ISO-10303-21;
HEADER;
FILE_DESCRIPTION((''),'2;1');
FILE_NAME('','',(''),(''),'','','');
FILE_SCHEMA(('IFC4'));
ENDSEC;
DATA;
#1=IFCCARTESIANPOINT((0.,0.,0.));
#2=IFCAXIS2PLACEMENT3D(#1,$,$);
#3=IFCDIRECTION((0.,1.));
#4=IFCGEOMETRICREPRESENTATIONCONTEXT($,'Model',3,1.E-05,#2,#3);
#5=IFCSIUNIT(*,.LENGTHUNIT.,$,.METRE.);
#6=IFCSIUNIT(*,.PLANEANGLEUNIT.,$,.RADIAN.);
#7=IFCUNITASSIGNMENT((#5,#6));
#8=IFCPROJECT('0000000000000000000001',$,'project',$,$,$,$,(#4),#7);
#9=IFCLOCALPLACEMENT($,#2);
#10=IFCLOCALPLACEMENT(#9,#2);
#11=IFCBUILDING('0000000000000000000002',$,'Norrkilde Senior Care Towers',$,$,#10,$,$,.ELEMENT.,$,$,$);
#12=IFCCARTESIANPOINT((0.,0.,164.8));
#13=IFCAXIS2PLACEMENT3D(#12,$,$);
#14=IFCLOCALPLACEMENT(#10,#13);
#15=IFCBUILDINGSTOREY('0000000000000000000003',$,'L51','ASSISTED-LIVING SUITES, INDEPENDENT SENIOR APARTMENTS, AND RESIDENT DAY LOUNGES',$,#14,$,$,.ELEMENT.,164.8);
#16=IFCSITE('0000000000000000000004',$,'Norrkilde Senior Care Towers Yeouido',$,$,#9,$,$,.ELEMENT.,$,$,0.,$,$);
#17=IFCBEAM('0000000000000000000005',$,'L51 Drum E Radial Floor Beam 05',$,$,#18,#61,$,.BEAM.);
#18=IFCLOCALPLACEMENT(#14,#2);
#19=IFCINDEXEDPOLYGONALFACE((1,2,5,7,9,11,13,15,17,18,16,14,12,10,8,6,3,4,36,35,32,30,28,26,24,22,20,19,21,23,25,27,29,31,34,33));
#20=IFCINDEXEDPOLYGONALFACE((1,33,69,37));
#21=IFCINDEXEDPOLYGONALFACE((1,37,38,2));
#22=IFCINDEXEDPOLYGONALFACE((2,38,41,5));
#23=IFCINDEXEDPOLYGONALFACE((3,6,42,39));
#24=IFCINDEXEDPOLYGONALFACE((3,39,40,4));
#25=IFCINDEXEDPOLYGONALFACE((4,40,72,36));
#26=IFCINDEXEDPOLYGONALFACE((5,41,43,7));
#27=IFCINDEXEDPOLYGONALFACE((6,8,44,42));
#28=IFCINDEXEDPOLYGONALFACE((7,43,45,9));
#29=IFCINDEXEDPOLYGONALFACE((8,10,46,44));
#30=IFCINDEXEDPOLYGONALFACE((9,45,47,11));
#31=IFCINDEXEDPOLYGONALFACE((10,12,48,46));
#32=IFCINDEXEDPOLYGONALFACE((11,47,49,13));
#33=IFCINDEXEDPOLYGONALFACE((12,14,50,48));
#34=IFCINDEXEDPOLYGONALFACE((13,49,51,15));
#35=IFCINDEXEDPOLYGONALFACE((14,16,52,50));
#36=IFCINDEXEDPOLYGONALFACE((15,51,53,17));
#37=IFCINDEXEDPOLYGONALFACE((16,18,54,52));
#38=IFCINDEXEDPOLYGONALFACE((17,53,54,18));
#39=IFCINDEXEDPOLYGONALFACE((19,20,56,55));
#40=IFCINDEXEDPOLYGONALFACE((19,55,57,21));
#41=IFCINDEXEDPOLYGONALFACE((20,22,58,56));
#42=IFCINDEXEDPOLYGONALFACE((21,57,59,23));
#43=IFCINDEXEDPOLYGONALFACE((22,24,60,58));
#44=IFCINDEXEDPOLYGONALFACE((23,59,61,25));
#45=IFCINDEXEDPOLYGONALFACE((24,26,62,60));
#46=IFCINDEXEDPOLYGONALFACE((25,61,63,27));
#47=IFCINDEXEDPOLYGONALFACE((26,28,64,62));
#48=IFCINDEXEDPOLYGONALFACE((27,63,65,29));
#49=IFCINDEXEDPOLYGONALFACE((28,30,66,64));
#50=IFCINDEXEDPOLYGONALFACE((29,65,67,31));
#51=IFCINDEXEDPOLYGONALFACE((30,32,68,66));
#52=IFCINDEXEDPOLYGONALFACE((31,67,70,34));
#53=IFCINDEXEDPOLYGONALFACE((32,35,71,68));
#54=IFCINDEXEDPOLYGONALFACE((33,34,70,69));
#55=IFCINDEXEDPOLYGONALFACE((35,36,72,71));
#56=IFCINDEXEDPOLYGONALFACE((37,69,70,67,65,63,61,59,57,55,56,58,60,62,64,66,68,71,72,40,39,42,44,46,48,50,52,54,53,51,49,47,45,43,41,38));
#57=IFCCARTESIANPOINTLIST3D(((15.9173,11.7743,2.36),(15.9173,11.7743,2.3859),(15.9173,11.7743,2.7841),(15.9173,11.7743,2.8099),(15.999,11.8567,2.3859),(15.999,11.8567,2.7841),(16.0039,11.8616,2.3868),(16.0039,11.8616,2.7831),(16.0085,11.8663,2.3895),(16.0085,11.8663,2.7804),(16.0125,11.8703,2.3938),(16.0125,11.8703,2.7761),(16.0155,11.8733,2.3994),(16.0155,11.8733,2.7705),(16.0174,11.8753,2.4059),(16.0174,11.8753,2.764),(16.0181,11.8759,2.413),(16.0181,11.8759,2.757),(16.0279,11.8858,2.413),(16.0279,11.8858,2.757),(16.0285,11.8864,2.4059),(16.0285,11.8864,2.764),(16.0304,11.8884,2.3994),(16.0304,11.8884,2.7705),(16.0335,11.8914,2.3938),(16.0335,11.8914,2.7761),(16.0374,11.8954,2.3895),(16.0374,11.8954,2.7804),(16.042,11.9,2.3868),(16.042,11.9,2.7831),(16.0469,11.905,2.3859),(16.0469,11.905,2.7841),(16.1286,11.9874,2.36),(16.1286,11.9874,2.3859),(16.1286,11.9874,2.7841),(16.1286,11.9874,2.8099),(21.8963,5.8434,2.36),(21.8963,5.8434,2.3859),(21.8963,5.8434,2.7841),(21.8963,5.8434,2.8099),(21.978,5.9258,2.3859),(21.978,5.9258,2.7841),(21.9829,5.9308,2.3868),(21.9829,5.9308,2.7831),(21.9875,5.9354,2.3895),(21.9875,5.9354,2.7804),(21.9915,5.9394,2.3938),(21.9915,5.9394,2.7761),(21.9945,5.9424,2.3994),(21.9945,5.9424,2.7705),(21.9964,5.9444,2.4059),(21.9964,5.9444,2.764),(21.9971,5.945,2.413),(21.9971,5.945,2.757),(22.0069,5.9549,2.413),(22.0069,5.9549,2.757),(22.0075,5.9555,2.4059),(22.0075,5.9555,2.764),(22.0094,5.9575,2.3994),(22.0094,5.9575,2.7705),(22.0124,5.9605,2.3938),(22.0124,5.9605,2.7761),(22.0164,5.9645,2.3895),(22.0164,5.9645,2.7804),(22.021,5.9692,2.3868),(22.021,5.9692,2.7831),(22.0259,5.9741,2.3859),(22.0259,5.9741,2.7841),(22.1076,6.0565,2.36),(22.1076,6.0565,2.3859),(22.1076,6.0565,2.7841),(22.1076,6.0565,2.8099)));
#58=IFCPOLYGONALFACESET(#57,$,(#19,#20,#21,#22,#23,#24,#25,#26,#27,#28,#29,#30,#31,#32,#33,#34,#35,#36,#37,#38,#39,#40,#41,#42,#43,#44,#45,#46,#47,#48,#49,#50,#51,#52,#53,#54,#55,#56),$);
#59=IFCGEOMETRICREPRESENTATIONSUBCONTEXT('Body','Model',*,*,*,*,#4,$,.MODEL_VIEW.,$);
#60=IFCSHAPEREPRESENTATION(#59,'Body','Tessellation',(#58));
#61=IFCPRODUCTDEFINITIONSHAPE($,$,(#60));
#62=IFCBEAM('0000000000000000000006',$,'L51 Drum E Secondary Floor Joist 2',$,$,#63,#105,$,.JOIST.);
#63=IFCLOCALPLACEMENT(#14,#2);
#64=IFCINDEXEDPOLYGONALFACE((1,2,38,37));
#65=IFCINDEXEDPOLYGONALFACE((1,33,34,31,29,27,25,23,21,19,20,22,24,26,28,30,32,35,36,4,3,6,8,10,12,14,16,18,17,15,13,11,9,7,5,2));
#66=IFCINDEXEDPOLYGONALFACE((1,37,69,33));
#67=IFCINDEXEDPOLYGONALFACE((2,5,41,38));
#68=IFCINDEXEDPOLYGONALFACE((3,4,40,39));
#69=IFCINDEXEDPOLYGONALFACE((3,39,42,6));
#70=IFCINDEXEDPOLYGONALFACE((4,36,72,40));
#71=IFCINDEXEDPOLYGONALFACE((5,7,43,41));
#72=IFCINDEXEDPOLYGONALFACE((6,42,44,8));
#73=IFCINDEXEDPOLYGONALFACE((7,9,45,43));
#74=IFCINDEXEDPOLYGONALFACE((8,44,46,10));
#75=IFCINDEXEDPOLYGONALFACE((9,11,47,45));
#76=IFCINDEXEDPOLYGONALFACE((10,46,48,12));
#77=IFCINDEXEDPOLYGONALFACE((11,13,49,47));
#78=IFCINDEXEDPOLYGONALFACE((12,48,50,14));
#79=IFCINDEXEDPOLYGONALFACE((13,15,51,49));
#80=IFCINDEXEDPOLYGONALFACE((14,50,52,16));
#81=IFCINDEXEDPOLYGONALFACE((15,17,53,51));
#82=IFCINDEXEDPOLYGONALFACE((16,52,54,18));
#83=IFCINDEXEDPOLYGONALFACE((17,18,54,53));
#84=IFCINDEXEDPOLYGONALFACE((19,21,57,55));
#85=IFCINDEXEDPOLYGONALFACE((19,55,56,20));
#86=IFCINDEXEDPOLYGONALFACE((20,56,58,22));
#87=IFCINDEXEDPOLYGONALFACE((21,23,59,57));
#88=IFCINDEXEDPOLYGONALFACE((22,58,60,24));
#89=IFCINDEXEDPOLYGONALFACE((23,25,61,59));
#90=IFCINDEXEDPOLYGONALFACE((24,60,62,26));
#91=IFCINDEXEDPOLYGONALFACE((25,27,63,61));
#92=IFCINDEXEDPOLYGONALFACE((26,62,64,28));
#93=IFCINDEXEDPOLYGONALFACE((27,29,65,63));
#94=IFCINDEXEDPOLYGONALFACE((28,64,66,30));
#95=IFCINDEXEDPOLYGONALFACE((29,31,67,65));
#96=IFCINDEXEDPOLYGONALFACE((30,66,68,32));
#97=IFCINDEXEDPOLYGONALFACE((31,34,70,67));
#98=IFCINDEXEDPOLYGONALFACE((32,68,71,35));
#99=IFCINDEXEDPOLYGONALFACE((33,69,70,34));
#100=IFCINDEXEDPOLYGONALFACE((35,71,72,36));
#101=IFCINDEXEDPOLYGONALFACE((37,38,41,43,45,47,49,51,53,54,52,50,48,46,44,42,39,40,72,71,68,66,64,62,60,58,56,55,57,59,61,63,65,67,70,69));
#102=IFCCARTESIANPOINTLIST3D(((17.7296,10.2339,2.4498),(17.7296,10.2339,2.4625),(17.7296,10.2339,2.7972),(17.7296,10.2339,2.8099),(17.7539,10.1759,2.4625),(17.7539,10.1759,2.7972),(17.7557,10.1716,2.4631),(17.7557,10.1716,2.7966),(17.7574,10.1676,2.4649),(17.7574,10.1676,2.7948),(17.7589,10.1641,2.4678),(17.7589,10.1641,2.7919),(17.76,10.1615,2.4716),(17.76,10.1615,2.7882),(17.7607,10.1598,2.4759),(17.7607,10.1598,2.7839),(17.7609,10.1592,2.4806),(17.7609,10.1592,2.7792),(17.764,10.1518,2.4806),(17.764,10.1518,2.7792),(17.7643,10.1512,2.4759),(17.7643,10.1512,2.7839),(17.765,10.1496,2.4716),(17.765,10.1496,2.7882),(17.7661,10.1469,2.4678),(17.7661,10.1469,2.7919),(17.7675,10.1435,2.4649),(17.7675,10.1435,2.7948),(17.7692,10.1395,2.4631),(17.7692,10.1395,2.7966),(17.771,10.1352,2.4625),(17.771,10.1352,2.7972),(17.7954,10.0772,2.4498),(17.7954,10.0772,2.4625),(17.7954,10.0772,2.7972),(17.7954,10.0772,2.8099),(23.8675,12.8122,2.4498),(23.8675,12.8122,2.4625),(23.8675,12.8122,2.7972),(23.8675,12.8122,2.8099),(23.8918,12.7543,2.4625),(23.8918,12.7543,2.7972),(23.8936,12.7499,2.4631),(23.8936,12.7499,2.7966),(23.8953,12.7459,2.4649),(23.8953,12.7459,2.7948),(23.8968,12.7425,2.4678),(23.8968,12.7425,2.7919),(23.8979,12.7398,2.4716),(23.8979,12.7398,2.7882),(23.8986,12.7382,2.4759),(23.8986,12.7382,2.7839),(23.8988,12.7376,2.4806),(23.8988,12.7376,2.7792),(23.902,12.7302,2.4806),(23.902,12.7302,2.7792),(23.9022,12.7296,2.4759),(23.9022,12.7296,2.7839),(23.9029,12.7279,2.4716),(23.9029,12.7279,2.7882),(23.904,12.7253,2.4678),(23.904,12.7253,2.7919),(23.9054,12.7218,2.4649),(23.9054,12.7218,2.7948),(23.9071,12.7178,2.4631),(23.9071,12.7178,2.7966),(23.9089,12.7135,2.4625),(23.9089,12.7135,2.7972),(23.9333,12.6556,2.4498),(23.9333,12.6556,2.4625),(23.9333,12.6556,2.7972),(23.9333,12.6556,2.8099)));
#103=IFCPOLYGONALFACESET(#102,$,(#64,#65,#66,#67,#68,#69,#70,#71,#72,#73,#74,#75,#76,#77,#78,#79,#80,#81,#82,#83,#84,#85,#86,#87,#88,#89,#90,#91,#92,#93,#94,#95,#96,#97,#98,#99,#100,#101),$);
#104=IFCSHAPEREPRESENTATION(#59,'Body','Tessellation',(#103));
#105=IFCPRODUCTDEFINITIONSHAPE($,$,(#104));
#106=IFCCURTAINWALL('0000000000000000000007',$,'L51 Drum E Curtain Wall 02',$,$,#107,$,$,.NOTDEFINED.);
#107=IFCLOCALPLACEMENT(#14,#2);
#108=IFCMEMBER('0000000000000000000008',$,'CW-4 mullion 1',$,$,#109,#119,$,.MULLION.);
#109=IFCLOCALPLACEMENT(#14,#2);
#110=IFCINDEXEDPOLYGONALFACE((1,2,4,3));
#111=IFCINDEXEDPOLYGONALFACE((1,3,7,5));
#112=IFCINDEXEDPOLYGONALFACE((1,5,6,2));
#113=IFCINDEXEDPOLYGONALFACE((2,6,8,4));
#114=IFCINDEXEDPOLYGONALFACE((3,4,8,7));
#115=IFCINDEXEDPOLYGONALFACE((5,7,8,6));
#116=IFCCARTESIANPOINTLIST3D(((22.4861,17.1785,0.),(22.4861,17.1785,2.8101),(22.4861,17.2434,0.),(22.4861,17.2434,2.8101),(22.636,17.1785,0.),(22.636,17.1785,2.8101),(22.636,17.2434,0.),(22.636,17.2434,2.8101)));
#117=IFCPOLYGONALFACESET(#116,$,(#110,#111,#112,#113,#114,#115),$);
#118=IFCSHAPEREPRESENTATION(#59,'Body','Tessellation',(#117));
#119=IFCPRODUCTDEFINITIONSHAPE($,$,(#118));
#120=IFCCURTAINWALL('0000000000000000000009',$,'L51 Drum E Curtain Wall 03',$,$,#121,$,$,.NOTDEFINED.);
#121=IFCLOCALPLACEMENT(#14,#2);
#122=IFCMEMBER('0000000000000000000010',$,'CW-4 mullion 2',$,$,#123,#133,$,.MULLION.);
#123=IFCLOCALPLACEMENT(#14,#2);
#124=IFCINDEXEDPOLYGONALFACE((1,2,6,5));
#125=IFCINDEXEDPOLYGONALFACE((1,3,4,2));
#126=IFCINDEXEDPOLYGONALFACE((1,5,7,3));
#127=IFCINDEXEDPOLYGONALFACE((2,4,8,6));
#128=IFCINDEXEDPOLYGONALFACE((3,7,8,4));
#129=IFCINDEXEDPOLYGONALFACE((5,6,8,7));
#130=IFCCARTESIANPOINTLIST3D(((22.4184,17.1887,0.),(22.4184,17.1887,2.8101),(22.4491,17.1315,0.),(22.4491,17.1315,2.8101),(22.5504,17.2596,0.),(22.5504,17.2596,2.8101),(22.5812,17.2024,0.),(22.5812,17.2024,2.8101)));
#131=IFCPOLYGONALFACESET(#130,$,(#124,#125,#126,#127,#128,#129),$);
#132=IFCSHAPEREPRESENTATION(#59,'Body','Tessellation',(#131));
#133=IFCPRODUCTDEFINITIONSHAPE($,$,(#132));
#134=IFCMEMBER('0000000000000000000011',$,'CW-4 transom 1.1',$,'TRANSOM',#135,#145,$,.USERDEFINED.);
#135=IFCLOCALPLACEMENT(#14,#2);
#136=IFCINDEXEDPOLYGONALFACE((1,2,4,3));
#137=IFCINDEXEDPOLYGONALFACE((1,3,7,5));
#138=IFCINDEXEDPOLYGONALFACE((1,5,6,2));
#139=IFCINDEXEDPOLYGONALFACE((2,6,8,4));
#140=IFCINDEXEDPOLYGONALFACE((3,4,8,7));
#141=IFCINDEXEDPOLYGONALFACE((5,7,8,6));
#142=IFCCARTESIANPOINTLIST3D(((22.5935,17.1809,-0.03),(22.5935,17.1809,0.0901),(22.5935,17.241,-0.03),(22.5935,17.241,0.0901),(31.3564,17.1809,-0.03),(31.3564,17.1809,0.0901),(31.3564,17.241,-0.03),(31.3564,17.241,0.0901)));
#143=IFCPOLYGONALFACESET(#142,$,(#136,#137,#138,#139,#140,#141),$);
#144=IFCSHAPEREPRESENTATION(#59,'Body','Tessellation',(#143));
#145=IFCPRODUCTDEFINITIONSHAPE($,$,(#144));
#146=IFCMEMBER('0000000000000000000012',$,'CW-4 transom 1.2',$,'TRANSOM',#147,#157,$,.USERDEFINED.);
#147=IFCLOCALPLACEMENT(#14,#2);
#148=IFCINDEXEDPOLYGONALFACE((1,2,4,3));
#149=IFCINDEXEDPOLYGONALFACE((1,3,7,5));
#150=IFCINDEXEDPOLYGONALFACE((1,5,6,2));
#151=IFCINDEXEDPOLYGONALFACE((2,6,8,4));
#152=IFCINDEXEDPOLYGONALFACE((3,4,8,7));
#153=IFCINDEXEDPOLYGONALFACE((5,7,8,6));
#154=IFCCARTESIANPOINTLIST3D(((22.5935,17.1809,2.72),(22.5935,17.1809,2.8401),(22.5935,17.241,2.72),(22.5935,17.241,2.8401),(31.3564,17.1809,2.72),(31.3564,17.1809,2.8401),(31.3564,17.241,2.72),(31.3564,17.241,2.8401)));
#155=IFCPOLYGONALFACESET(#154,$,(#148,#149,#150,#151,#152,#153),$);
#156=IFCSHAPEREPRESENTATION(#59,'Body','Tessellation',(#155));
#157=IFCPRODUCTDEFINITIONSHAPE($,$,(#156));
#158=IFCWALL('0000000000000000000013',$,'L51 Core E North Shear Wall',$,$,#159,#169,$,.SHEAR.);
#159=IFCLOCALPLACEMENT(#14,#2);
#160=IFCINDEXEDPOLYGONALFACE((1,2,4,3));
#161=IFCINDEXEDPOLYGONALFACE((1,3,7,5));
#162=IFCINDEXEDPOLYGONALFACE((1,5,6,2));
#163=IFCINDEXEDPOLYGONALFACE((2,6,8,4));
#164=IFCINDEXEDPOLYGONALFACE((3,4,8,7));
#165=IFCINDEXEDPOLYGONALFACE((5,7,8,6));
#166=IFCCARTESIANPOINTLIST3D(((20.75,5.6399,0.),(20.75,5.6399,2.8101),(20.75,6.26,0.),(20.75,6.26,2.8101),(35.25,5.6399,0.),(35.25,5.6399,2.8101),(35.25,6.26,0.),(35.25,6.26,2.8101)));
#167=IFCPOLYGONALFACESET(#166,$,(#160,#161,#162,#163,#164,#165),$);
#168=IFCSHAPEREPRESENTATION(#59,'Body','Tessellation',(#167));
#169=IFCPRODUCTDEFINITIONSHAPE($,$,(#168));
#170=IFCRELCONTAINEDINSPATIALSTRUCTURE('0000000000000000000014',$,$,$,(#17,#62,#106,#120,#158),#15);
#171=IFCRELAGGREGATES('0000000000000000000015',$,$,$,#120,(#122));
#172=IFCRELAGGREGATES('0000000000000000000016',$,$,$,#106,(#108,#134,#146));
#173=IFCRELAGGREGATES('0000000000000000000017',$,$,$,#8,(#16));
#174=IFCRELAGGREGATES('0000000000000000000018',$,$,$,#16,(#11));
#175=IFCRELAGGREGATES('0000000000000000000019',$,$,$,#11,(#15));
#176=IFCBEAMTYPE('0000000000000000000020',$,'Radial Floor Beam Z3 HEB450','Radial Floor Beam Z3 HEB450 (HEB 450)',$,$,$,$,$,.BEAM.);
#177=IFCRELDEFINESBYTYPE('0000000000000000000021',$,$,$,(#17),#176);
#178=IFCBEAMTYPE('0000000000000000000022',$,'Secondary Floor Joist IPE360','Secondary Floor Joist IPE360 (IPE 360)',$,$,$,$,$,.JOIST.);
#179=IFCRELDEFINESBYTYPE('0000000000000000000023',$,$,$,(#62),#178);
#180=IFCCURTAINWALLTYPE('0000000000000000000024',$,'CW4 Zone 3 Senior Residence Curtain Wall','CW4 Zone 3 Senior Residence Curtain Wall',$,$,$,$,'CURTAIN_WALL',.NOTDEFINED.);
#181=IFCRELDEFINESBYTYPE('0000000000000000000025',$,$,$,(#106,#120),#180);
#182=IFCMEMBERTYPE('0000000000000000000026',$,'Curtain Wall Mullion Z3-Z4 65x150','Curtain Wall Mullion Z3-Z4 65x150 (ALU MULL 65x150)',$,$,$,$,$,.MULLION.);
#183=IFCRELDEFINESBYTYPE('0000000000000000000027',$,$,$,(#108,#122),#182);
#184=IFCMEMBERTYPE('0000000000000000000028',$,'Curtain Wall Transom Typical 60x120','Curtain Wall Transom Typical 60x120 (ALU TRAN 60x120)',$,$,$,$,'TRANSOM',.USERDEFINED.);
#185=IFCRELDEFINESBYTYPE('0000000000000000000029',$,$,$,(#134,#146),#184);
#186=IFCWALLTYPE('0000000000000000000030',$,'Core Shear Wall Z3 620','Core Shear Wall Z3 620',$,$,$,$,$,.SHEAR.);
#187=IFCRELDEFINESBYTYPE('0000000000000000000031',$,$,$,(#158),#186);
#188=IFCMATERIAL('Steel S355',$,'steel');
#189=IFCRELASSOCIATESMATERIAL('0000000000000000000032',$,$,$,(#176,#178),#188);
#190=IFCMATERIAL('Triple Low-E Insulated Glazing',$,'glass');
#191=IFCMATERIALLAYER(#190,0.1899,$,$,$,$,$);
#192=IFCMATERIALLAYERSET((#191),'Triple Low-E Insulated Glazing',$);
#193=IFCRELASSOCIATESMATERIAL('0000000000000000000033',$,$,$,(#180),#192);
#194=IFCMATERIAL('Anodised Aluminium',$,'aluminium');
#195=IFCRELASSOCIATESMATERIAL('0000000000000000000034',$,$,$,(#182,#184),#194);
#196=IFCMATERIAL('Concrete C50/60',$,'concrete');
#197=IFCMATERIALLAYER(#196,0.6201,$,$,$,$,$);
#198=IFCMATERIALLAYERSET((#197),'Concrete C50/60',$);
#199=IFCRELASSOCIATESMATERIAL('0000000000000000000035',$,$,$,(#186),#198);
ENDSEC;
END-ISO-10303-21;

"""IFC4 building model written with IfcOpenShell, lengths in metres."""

from ifc_helpers import new_model, si_unit, direction, frame, frame_2d, origin, origin_2d, place, context, subcontext, project, spatial, rectangle, i_section, extrude, source, transform, mapped, material, layer, layer_set, material_profile, profile_set, type_object, type_shapes, element, aggregate, save


model = new_model("IFC4")

# Units and contexts
model_context = context("Model", 3, precision=1e-05, world=origin(), true_north=direction((0.0, 1.0)))
body_context = subcontext(model_context, "Body", "Model", "MODEL_VIEW")
ifc_project = project(units=[si_unit("LENGTHUNIT", "METRE"), si_unit("PLANEANGLEUNIT", "RADIAN")], contexts=[model_context])

# Site, building, storey
site_placement = place(None, origin())
site = spatial("IfcSite", under=ifc_project, at=site_placement, Name="Norrkilde Senior Care Towers Yeouido", CompositionType="ELEMENT", RefElevation=0.0)
building_placement = place(site_placement, origin())
building = spatial("IfcBuilding", under=site, at=building_placement, Name="Norrkilde Senior Care Towers", CompositionType="ELEMENT")
storey_placement = place(building_placement, frame((0.0, 0.0, 164.8)))
storey = spatial("IfcBuildingStorey", under=building, at=storey_placement, Name="L51", Description="ASSISTED-LIVING SUITES, INDEPENDENT SENIOR APARTMENTS, AND RESIDENT DAY LOUNGES", CompositionType="ELEMENT", Elevation=164.8)

# Shared definitions
ifc_material_1 = material(Name="Concrete C50/60", Category="concrete")

# Beams
ifc_material_2 = material(Name="Steel S355", Category="steel")
ifc_material_profile_1 = material_profile(ifc_material_2, i_section(OverallWidth=0.3, OverallDepth=0.45, WebThickness=0.0139, FlangeThickness=0.0259, FilletRadius=0.0271, at=origin_2d()), Name="HEB 450")
ifc_profile_set_1 = profile_set([ifc_material_profile_1], Name="Steel S355")
beam_type_1 = type_object("IfcBeamType", Name="Radial Floor Beam Z3 HEB450", Description="Radial Floor Beam Z3 HEB450 (HEB 450)", PredefinedType="BEAM", material=ifc_profile_set_1)
shared_shape_1 = source(origin(), body_context, "Body", "SweptSolid", [
    extrude(i_section(OverallWidth=0.3, OverallDepth=0.45, WebThickness=0.0139, FlangeThickness=0.0259, FilletRadius=0.0271, at=origin_2d()), origin(), (0.0, 0.0, 1.0), 8.4216),
])
beam_1_placement = place(storey_placement, frame((22.002, 5.95, 2.585), z_axis=(-0.709956, 0.704246, 0.0), x_axis=(-0.704246, -0.709956, 0.0)))
element("IfcBeam", 1, at=beam_1_placement, inside=storey, type_object=beam_type_1, Name="L51 Drum E Radial Floor Beam 05", PredefinedType="BEAM", context=body_context, shape_type="MappedRepresentation", body=[
    mapped(shared_shape_1, transform((0.0, 0.0, 0.0), x_axis=(1.0, 0.0, 0.0), y_axis=(0.0, 1.0, 0.0), z_axis=(0.0, 0.0, 1.0), scale=1.0)),
])
ifc_material_profile_2 = material_profile(ifc_material_2, i_section(OverallWidth=0.1699, OverallDepth=0.3601, WebThickness=0.0081, FlangeThickness=0.0127, FilletRadius=0.0181, at=origin_2d()), Name="IPE 360")
ifc_profile_set_2 = profile_set([ifc_material_profile_2], Name="Steel S355")
beam_type_2 = type_object("IfcBeamType", Name="Secondary Floor Joist IPE360", Description="Secondary Floor Joist IPE360 (IPE 360)", PredefinedType="JOIST", material=ifc_profile_set_2)
shared_shape_2 = source(origin(), body_context, "Body", "SweptSolid", [
    extrude(i_section(OverallWidth=0.1699, OverallDepth=0.3601, WebThickness=0.0081, FlangeThickness=0.0127, FilletRadius=0.0181, at=origin_2d()), origin(), (0.0, 0.0, 1.0), 6.6575),
])
type_shapes(beam_type_2, [shared_shape_2])
beam_2_placement = place(storey_placement, frame((23.9004, 12.7339, 2.6299), z_axis=(-0.921959, -0.387288, 0.0), x_axis=(0.387288, -0.921959, 0.0)))
element("IfcBeam", 2, at=beam_2_placement, inside=storey, type_object=beam_type_2, Name="L51 Drum E Secondary Floor Joist 2", PredefinedType="JOIST", context=body_context, shape_type="MappedRepresentation", body=[
    mapped(shared_shape_2, transform((0.0, 0.0, 0.0), x_axis=(1.0, 0.0, 0.0), y_axis=(0.0, 1.0, 0.0), z_axis=(0.0, 0.0, 1.0), scale=1.0)),
])

# Curtain walls, members
ifc_material_3 = material(Name="Triple Low-E Insulated Glazing", Category="glass")
ifc_layer_1 = layer(ifc_material_3, 0.1899)
ifc_layer_set_1 = layer_set([ifc_layer_1], Name="Triple Low-E Insulated Glazing")
curtain_wall_type = type_object("IfcCurtainWallType", Name="CW4 Zone 3 Senior Residence Curtain Wall", Description="CW4 Zone 3 Senior Residence Curtain Wall", ElementType="CURTAIN_WALL", PredefinedType="NOTDEFINED", material=ifc_layer_set_1)
curtain_wall_1_placement = place(storey_placement, origin())
curtain_wall_1 = element("IfcCurtainWall", 3, at=curtain_wall_1_placement, inside=storey, type_object=curtain_wall_type, Name="L51 Drum E Curtain Wall 02", PredefinedType="NOTDEFINED")
ifc_material_4 = material(Name="Anodised Aluminium", Category="aluminium")
ifc_material_profile_3 = material_profile(ifc_material_4, rectangle(XDim=0.0649, YDim=0.1499, at=origin_2d()), Name="ALU MULL 65x150")
ifc_profile_set_3 = profile_set([ifc_material_profile_3], Name="Anodised Aluminium")
member_type_1 = type_object("IfcMemberType", Name="Curtain Wall Mullion Z3-Z4 65x150", Description="Curtain Wall Mullion Z3-Z4 65x150 (ALU MULL 65x150)", PredefinedType="MULLION", material=ifc_profile_set_3)
shared_shape_3 = source(origin(), body_context, "Body", "SweptSolid", [
    extrude(rectangle(XDim=0.0649, YDim=0.1499, at=origin_2d()), origin(), (0.0, 0.0, 1.0), 2.8101),
])
type_shapes(member_type_1, [shared_shape_3])
member_1_placement = place(storey_placement, frame((22.561, 17.2109, 0.0), z_axis=(0.0, 0.0, 1.0), x_axis=(0.0, 1.0, 0.0)))
member_1 = element("IfcMember", 4, at=member_1_placement, type_object=member_type_1, Name="CW-4 mullion 1", PredefinedType="MULLION", context=body_context, shape_type="MappedRepresentation", body=[
    mapped(shared_shape_3, transform((0.0, 0.0, 0.0), x_axis=(1.0, 0.0, 0.0), y_axis=(0.0, 1.0, 0.0), z_axis=(0.0, 0.0, 1.0), scale=1.0)),
])
curtain_wall_2_placement = place(storey_placement, origin())
curtain_wall_2 = element("IfcCurtainWall", 5, at=curtain_wall_2_placement, inside=storey, type_object=curtain_wall_type, Name="L51 Drum E Curtain Wall 03", PredefinedType="NOTDEFINED")
member_2_placement = place(storey_placement, frame((22.4998, 17.1956, 0.0), z_axis=(0.0, 0.0, 1.0), x_axis=(-0.473117, 0.881, 0.0)))
member_2 = element("IfcMember", 6, at=member_2_placement, type_object=member_type_1, Name="CW-4 mullion 2", PredefinedType="MULLION", context=body_context, shape_type="MappedRepresentation", body=[
    mapped(shared_shape_3, transform((0.0, 0.0, 0.0), x_axis=(1.0, 0.0, 0.0), y_axis=(0.0, 1.0, 0.0), z_axis=(0.0, 0.0, 1.0), scale=1.0)),
])
aggregate(curtain_wall_2, [member_2])

# Members
ifc_material_profile_4 = material_profile(ifc_material_4, rectangle(XDim=0.0601, YDim=0.1201, at=origin_2d()), Name="ALU TRAN 60x120")
ifc_profile_set_4 = profile_set([ifc_material_profile_4], Name="Anodised Aluminium")
member_type_2 = type_object("IfcMemberType", Name="Curtain Wall Transom Typical 60x120", Description="Curtain Wall Transom Typical 60x120 (ALU TRAN 60x120)", ElementType="TRANSOM", PredefinedType="USERDEFINED", material=ifc_profile_set_4)
shared_shape_4 = source(origin(), body_context, "Body", "SweptSolid", [
    extrude(rectangle(XDim=0.0601, YDim=0.1201, at=origin_2d()), origin(), (0.0, 0.0, 1.0), 8.7629),
])
type_shapes(member_type_2, [shared_shape_4])
member_3_placement = place(storey_placement, frame((22.5935, 17.2109, 0.03), z_axis=(1.0, 0.0, 0.0), x_axis=(0.0, 1.0, 0.0)))
member_3 = element("IfcMember", 7, at=member_3_placement, type_object=member_type_2, Name="CW-4 transom 1.1", ObjectType="TRANSOM", PredefinedType="USERDEFINED", context=body_context, shape_type="MappedRepresentation", body=[
    mapped(shared_shape_4, transform((0.0, 0.0, 0.0), x_axis=(1.0, 0.0, 0.0), y_axis=(0.0, 1.0, 0.0), z_axis=(0.0, 0.0, 1.0), scale=1.0)),
])
member_4_placement = place(storey_placement, frame((22.5935, 17.2109, 2.78), z_axis=(1.0, 0.0, 0.0), x_axis=(0.0, 1.0, 0.0)))
member_4 = element("IfcMember", 8, at=member_4_placement, type_object=member_type_2, Name="CW-4 transom 1.2", ObjectType="TRANSOM", PredefinedType="USERDEFINED", context=body_context, shape_type="MappedRepresentation", body=[
    mapped(shared_shape_4, transform((0.0, 0.0, 0.0), x_axis=(1.0, 0.0, 0.0), y_axis=(0.0, 1.0, 0.0), z_axis=(0.0, 0.0, 1.0), scale=1.0)),
])
aggregate(curtain_wall_1, [member_1, member_3, member_4])

# Wall
ifc_layer_2 = layer(ifc_material_1, 0.6201)
ifc_layer_set_2 = layer_set([ifc_layer_2], Name="Concrete C50/60")
wall_type_1 = type_object("IfcWallType", Name="Core Shear Wall Z3 620", Description="Core Shear Wall Z3 620", PredefinedType="SHEAR", material=ifc_layer_set_2)
shared_shape_5 = source(origin(), body_context, "Body", "SweptSolid", [
    extrude(rectangle(XDim=14.5, YDim=0.6201, at=frame_2d((7.25, 0.0))), origin(), (0.0, 0.0, 1.0), 2.8101),
])
type_shapes(wall_type_1, [shared_shape_5])
wall_1_placement = place(storey_placement, frame((20.75, 5.95, 0.0), z_axis=(0.0, 0.0, 1.0), x_axis=(1.0, 0.0, 0.0)))
element("IfcWall", 9, at=wall_1_placement, inside=storey, type_object=wall_type_1, Name="L51 Core E North Shear Wall", PredefinedType="SHEAR", context=body_context, shape_type="MappedRepresentation", body=[
    mapped(shared_shape_5, transform((0.0, 0.0, 0.0), x_axis=(1.0, 0.0, 0.0), y_axis=(0.0, 1.0, 0.0), z_axis=(0.0, 0.0, 1.0), scale=1.0)),
])

save(model, "model.ifc")
